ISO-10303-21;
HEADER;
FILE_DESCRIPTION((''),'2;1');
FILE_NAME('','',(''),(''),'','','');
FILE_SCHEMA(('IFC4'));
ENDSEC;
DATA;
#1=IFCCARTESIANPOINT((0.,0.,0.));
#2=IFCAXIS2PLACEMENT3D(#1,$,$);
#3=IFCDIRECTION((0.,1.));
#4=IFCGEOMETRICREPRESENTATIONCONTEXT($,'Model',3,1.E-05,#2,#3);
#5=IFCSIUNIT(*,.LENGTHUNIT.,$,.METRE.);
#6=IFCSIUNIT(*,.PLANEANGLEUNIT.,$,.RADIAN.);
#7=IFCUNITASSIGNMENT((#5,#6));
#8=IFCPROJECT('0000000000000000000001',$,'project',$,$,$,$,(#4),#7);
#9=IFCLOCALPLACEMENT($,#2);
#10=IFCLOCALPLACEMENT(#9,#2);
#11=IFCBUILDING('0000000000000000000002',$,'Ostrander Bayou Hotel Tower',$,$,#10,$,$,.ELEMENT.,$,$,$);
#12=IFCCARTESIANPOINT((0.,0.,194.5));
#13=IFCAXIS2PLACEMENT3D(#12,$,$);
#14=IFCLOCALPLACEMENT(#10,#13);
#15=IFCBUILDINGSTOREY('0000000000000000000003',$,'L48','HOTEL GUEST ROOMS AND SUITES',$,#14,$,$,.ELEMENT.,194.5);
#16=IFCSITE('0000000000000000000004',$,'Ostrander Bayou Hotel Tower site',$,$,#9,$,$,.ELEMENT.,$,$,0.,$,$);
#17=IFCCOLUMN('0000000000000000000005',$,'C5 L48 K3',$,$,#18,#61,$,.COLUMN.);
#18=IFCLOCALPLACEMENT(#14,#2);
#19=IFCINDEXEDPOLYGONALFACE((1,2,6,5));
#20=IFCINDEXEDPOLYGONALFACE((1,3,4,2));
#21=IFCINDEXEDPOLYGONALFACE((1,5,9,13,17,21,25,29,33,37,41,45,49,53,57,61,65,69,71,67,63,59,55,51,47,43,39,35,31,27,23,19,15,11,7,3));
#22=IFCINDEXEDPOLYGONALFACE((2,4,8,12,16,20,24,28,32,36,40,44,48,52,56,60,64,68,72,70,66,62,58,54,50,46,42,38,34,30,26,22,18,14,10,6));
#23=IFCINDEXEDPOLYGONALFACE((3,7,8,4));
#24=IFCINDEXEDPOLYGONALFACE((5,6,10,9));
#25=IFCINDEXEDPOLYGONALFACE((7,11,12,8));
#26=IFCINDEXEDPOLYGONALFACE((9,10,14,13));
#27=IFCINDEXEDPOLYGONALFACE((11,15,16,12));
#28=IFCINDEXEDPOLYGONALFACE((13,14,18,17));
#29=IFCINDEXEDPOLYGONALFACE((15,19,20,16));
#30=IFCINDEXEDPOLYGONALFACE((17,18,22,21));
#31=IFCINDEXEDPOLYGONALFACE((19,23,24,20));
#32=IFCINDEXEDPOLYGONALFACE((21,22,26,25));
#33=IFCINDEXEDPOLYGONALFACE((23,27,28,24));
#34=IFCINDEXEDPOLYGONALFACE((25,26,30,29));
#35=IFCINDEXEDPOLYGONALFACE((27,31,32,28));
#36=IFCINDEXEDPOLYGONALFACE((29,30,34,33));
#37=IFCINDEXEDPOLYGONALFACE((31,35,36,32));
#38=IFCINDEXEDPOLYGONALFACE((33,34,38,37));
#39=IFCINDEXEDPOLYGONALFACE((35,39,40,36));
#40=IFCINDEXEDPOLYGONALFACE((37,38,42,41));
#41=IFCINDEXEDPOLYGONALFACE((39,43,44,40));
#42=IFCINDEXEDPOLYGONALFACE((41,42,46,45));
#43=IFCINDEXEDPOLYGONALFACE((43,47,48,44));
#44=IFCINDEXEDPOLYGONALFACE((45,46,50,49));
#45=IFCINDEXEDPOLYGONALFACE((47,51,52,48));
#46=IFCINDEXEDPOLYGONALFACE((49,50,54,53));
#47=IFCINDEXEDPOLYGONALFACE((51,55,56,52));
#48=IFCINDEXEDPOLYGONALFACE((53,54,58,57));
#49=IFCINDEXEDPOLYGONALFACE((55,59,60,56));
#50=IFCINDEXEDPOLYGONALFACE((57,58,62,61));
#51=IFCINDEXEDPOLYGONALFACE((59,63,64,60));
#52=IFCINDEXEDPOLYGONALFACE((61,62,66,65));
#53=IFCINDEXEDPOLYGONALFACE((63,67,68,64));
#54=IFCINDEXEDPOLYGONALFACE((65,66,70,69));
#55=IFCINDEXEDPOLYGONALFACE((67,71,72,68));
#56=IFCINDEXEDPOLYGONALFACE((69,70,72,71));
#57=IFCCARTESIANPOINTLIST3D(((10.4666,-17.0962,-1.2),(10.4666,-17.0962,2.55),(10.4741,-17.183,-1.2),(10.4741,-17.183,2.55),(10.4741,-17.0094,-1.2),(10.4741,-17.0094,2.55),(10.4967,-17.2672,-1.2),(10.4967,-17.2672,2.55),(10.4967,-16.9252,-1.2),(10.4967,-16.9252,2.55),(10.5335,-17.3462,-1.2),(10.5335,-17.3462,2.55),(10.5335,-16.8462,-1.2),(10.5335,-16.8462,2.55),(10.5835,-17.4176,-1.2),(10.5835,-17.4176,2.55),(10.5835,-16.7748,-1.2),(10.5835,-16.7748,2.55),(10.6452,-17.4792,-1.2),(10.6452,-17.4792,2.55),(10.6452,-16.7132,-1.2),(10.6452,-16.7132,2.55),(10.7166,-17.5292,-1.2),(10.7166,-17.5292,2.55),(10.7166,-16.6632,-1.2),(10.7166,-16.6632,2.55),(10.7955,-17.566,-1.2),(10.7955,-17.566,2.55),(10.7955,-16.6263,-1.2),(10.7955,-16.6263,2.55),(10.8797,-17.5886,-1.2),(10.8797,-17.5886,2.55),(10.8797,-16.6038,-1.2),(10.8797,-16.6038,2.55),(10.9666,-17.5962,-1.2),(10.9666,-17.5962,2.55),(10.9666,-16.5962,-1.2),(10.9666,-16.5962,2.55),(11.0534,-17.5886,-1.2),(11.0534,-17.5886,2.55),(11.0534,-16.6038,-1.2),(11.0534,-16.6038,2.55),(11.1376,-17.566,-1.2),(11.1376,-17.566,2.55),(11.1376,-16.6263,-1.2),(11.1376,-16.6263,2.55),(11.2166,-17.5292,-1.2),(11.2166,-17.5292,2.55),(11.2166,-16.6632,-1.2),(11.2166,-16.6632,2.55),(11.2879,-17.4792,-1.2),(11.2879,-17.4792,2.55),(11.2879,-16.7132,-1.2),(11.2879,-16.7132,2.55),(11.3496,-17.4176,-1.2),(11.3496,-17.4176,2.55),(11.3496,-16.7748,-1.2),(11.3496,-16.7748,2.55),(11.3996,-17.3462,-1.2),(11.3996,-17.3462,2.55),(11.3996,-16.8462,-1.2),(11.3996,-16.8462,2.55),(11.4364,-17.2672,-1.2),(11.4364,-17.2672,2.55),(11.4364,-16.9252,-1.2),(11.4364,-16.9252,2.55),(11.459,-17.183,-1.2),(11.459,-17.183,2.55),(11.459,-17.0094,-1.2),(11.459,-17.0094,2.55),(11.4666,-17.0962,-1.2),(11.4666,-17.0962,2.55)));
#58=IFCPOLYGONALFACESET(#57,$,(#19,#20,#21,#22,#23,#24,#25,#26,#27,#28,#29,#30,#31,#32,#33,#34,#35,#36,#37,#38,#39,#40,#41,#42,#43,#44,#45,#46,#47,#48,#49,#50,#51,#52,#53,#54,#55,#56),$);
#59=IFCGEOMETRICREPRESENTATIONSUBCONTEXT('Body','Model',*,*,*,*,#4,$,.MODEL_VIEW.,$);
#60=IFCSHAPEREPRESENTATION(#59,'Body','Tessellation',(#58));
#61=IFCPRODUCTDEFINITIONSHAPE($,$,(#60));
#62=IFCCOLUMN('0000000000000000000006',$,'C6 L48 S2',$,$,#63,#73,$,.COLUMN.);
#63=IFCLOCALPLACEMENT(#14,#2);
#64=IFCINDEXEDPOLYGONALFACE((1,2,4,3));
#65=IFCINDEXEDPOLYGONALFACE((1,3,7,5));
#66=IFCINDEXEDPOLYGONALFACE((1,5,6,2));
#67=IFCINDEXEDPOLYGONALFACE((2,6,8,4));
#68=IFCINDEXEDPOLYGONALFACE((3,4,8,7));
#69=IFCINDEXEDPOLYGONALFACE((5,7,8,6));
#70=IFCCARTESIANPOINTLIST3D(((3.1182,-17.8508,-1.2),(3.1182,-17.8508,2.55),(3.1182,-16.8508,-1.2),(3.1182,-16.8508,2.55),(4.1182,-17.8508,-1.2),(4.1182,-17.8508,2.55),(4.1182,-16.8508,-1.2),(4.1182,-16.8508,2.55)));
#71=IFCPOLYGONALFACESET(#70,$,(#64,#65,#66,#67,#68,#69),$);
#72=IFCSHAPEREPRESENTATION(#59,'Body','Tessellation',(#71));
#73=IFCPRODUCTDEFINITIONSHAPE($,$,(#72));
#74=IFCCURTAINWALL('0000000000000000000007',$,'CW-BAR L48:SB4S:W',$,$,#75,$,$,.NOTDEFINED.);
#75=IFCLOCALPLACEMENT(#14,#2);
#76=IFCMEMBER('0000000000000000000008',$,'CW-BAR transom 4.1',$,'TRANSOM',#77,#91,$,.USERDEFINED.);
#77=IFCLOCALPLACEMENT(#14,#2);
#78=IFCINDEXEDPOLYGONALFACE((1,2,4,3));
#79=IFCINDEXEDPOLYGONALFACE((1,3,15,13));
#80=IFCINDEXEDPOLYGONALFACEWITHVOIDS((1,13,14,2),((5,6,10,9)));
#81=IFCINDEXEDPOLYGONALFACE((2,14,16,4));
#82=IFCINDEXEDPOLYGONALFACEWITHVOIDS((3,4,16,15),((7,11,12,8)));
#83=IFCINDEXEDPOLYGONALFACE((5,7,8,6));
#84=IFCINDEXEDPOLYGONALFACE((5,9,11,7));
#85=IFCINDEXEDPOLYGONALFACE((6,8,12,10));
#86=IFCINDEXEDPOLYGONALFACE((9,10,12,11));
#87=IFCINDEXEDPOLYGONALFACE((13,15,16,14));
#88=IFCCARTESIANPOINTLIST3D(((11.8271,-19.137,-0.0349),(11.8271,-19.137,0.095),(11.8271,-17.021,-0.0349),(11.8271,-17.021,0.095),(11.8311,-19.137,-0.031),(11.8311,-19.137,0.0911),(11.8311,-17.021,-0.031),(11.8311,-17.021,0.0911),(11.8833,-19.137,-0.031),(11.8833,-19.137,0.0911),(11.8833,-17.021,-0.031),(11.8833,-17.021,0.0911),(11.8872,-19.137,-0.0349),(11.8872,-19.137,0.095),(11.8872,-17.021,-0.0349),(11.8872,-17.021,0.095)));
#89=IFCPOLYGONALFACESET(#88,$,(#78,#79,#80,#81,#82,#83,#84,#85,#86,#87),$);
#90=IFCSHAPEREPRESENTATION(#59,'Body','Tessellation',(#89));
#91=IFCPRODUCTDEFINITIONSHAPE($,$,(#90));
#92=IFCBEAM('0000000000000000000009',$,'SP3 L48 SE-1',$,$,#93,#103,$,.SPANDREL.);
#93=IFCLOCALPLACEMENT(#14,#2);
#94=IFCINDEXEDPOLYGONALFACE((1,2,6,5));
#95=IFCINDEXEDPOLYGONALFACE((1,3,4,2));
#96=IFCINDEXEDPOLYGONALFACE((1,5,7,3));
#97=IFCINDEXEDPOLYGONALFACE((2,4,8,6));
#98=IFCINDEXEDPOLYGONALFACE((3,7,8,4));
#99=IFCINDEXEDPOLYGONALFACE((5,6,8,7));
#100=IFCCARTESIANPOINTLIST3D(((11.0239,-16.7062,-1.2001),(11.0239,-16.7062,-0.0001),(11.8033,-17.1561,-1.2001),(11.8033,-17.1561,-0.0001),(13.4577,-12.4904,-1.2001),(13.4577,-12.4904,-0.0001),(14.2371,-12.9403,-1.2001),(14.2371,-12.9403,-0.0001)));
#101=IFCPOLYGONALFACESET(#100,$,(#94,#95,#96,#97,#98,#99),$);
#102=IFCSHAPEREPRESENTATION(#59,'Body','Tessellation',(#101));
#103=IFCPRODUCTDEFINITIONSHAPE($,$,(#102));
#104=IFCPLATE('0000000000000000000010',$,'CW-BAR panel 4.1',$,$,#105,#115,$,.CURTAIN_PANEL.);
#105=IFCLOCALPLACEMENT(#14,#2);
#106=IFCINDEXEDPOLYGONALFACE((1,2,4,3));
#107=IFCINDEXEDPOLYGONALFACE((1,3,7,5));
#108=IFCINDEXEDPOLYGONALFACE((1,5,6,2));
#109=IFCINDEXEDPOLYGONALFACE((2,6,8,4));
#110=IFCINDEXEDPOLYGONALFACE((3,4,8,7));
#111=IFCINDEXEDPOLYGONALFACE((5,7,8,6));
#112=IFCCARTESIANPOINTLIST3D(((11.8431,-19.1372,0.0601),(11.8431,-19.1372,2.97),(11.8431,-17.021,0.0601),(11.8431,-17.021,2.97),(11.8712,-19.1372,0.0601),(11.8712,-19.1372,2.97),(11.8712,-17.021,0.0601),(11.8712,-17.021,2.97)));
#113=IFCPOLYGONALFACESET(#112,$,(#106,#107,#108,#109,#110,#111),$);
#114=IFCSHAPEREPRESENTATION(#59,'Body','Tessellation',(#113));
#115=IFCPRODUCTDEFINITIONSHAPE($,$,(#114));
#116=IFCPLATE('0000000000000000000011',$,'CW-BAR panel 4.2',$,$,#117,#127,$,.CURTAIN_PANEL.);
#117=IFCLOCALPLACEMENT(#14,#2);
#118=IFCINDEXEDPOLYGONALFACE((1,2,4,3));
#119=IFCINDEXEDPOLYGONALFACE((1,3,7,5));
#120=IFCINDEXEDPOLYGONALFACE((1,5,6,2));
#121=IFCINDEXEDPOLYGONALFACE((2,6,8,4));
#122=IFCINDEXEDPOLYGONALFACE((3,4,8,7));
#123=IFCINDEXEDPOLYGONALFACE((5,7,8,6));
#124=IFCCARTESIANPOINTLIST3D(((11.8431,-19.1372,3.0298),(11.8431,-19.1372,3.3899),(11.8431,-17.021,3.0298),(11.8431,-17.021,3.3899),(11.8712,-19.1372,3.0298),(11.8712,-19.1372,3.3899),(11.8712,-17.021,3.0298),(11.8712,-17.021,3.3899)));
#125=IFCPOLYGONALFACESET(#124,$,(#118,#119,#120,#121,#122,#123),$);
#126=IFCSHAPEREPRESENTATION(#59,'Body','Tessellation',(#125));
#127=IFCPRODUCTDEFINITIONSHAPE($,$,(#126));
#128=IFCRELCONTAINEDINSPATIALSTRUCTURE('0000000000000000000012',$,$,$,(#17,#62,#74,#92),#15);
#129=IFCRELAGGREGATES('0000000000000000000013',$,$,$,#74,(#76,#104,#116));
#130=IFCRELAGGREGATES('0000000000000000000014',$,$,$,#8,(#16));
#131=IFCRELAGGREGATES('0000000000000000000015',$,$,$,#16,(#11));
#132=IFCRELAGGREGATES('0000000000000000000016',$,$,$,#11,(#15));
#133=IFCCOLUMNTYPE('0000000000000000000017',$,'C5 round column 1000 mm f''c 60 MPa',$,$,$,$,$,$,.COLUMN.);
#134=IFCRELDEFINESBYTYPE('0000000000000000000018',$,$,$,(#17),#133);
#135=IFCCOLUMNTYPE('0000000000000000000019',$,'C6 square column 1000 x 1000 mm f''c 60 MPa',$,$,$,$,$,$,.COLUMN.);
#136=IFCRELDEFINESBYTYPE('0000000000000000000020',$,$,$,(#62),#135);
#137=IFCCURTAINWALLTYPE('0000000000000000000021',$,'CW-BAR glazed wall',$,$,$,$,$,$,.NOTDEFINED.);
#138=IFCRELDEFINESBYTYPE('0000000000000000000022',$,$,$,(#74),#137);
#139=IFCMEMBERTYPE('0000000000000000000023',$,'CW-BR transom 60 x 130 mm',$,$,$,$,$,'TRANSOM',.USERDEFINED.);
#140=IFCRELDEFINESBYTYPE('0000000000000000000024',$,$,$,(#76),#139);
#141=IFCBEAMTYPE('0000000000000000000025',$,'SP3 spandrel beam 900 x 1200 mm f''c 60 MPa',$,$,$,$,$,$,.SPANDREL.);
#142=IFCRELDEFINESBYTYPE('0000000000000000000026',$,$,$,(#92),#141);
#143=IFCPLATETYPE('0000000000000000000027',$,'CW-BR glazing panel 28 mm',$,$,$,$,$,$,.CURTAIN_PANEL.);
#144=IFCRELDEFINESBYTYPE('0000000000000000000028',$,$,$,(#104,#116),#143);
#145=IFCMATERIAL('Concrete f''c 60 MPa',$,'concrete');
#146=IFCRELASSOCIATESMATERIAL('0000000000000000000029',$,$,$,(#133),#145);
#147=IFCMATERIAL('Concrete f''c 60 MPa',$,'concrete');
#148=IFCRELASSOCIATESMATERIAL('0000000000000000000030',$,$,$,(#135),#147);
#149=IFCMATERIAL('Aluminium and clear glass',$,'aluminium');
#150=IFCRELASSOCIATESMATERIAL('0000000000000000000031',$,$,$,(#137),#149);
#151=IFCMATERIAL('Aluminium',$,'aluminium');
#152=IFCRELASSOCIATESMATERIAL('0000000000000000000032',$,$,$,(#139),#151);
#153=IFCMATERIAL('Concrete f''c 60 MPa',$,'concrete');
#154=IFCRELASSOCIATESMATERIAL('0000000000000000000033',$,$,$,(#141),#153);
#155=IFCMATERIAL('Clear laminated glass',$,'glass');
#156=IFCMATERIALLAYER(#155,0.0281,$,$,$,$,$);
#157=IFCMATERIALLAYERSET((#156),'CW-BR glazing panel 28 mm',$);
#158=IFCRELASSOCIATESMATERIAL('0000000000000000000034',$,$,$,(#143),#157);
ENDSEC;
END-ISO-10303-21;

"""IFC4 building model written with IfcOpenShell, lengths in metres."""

from ifc_helpers import new_model, si_unit, direction, frame, origin, origin_2d, place, context, subcontext, project, spatial, rectangle, hollow_rectangle, circle, extrude, material, layer, layer_set, material_profile, profile_set, type_object, element, aggregate, save


model = new_model("IFC4")

# Units and contexts
model_context = context("Model", 3, precision=1e-05, world=origin(), true_north=direction((0.0, 1.0)))
body_context = subcontext(model_context, "Body", "Model", "MODEL_VIEW")
ifc_project = project(units=[si_unit("LENGTHUNIT", "METRE"), si_unit("PLANEANGLEUNIT", "RADIAN")], contexts=[model_context])

# Site, building, storey
site_placement = place(None, origin())
site = spatial("IfcSite", under=ifc_project, at=site_placement, Name="Ostrander Bayou Hotel Tower site", CompositionType="ELEMENT", RefElevation=0.0)
building_placement = place(site_placement, origin())
building = spatial("IfcBuilding", under=site, at=building_placement, Name="Ostrander Bayou Hotel Tower", CompositionType="ELEMENT")
storey_placement = place(building_placement, frame((0.0, 0.0, 194.5)))
storey = spatial("IfcBuildingStorey", under=building, at=storey_placement, Name="L48", Description="HOTEL GUEST ROOMS AND SUITES", CompositionType="ELEMENT", Elevation=194.5)

# Columns
ifc_material_1 = material(Name="Concrete f'c 60 MPa", Category="concrete")
ifc_material_profile_1 = material_profile(ifc_material_1, circle(Radius=0.5, at=origin_2d()))
ifc_profile_set_1 = profile_set([ifc_material_profile_1], Name="Concrete f'c 60 MPa")
column_type_1 = type_object("IfcColumnType", Name="C5 round column 1000 mm f'c 60 MPa", PredefinedType="COLUMN", material=ifc_profile_set_1)
column_1_placement = place(storey_placement, frame((10.9666, -17.0962, -1.2), z_axis=(0.0, 0.0, 1.0), x_axis=(1.0, 0.0, 0.0)))
element("IfcColumn", 1, at=column_1_placement, inside=storey, type_object=column_type_1, Name="C5 L48 K3", PredefinedType="COLUMN", context=body_context, shape_type="SweptSolid", body=[
    extrude(circle(Radius=0.5, at=origin_2d()), origin(), (0.0, 0.0, 1.0), 3.75),
])
ifc_material_2 = material(Name="Concrete f'c 60 MPa", Category="concrete")
ifc_material_profile_2 = material_profile(ifc_material_2, rectangle(XDim=1.0, YDim=1.0, at=origin_2d()))
ifc_profile_set_2 = profile_set([ifc_material_profile_2], Name="Concrete f'c 60 MPa")
column_type_2 = type_object("IfcColumnType", Name="C6 square column 1000 x 1000 mm f'c 60 MPa", PredefinedType="COLUMN", material=ifc_profile_set_2)
column_2_placement = place(storey_placement, frame((3.6182, -17.3508, -1.2), z_axis=(0.0, 0.0, 1.0), x_axis=(-1.0, 0.0, 0.0)))
element("IfcColumn", 2, at=column_2_placement, inside=storey, type_object=column_type_2, Name="C6 L48 S2", PredefinedType="COLUMN", context=body_context, shape_type="SweptSolid", body=[
    extrude(rectangle(XDim=1.0, YDim=1.0, at=origin_2d()), origin(), (0.0, 0.0, 1.0), 3.75),
])

# Curtain wall, member
ifc_material_3 = material(Name="Aluminium and clear glass", Category="aluminium")
curtain_wall_type = type_object("IfcCurtainWallType", Name="CW-BAR glazed wall", PredefinedType="NOTDEFINED", material=ifc_material_3)
curtain_wall_placement = place(storey_placement, origin())
curtain_wall = element("IfcCurtainWall", 3, at=curtain_wall_placement, inside=storey, type_object=curtain_wall_type, Name="CW-BAR L48:SB4S:W", PredefinedType="NOTDEFINED")
ifc_material_4 = material(Name="Aluminium", Category="aluminium")
ifc_material_profile_3 = material_profile(ifc_material_4, hollow_rectangle(XDim=0.0601, YDim=0.1299, WallThickness=0.0039, at=origin_2d()))
ifc_profile_set_3 = profile_set([ifc_material_profile_3], Name="Aluminium")
member_type = type_object("IfcMemberType", Name="CW-BR transom 60 x 130 mm", ElementType="TRANSOM", PredefinedType="USERDEFINED", material=ifc_profile_set_3)
member_placement = place(storey_placement, frame((11.8572, -17.021, 0.03), z_axis=(0.0, -1.0, 0.0), x_axis=(1.0, 0.0, 0.0)))
member = element("IfcMember", 4, at=member_placement, type_object=member_type, Name="CW-BAR transom 4.1", ObjectType="TRANSOM", PredefinedType="USERDEFINED", context=body_context, shape_type="SweptSolid", body=[
    extrude(hollow_rectangle(XDim=0.0601, YDim=0.1299, WallThickness=0.0039, at=origin_2d()), origin(), (0.0, 0.0, 1.0), 2.116),
])

# Beam
ifc_material_5 = material(Name="Concrete f'c 60 MPa", Category="concrete")
ifc_material_profile_4 = material_profile(ifc_material_5, rectangle(XDim=0.8999, YDim=1.2, at=origin_2d()))
ifc_profile_set_4 = profile_set([ifc_material_profile_4], Name="Concrete f'c 60 MPa")
beam_type = type_object("IfcBeamType", Name="SP3 spandrel beam 900 x 1200 mm f'c 60 MPa", PredefinedType="SPANDREL", material=ifc_profile_set_4)
beam_placement = place(storey_placement, frame((11.4136, -16.9312, -0.6001), z_axis=(0.499974, 0.86604, 0.0), x_axis=(-0.86604, 0.499974, 0.0)))
element("IfcBeam", 5, at=beam_placement, inside=storey, type_object=beam_type, Name="SP3 L48 SE-1", PredefinedType="SPANDREL", context=body_context, shape_type="SweptSolid", body=[
    extrude(rectangle(XDim=0.8999, YDim=1.2, at=origin_2d()), origin(), (0.0, 0.0, 1.0), 4.8679),
])

# Plates
ifc_material_6 = material(Name="Clear laminated glass", Category="glass")
ifc_layer_1 = layer(ifc_material_6, 0.0281)
ifc_layer_set_1 = layer_set([ifc_layer_1], Name="CW-BR glazing panel 28 mm")
plate_type = type_object("IfcPlateType", Name="CW-BR glazing panel 28 mm", PredefinedType="CURTAIN_PANEL", material=ifc_layer_set_1)
plate_1_placement = place(storey_placement, frame((11.8572, -18.0791, 0.0601), z_axis=(0.0, 0.0, 1.0), x_axis=(0.0, -1.0, 0.0)))
plate_1 = element("IfcPlate", 6, at=plate_1_placement, type_object=plate_type, Name="CW-BAR panel 4.1", PredefinedType="CURTAIN_PANEL", context=body_context, shape_type="SweptSolid", body=[
    extrude(rectangle(XDim=2.1162, YDim=0.0281, at=origin_2d()), origin(), (0.0, 0.0, 1.0), 2.9099),
])
plate_2_placement = place(storey_placement, frame((11.8572, -18.0791, 3.0298), z_axis=(0.0, 0.0, 1.0), x_axis=(0.0, -1.0, 0.0)))
plate_2 = element("IfcPlate", 7, at=plate_2_placement, type_object=plate_type, Name="CW-BAR panel 4.2", PredefinedType="CURTAIN_PANEL", context=body_context, shape_type="SweptSolid", body=[
    extrude(rectangle(XDim=2.1162, YDim=0.0281, at=origin_2d()), origin(), (0.0, 0.0, 1.0), 0.3601),
])
aggregate(curtain_wall, [member, plate_1, plate_2])

save(model, "model.ifc")
